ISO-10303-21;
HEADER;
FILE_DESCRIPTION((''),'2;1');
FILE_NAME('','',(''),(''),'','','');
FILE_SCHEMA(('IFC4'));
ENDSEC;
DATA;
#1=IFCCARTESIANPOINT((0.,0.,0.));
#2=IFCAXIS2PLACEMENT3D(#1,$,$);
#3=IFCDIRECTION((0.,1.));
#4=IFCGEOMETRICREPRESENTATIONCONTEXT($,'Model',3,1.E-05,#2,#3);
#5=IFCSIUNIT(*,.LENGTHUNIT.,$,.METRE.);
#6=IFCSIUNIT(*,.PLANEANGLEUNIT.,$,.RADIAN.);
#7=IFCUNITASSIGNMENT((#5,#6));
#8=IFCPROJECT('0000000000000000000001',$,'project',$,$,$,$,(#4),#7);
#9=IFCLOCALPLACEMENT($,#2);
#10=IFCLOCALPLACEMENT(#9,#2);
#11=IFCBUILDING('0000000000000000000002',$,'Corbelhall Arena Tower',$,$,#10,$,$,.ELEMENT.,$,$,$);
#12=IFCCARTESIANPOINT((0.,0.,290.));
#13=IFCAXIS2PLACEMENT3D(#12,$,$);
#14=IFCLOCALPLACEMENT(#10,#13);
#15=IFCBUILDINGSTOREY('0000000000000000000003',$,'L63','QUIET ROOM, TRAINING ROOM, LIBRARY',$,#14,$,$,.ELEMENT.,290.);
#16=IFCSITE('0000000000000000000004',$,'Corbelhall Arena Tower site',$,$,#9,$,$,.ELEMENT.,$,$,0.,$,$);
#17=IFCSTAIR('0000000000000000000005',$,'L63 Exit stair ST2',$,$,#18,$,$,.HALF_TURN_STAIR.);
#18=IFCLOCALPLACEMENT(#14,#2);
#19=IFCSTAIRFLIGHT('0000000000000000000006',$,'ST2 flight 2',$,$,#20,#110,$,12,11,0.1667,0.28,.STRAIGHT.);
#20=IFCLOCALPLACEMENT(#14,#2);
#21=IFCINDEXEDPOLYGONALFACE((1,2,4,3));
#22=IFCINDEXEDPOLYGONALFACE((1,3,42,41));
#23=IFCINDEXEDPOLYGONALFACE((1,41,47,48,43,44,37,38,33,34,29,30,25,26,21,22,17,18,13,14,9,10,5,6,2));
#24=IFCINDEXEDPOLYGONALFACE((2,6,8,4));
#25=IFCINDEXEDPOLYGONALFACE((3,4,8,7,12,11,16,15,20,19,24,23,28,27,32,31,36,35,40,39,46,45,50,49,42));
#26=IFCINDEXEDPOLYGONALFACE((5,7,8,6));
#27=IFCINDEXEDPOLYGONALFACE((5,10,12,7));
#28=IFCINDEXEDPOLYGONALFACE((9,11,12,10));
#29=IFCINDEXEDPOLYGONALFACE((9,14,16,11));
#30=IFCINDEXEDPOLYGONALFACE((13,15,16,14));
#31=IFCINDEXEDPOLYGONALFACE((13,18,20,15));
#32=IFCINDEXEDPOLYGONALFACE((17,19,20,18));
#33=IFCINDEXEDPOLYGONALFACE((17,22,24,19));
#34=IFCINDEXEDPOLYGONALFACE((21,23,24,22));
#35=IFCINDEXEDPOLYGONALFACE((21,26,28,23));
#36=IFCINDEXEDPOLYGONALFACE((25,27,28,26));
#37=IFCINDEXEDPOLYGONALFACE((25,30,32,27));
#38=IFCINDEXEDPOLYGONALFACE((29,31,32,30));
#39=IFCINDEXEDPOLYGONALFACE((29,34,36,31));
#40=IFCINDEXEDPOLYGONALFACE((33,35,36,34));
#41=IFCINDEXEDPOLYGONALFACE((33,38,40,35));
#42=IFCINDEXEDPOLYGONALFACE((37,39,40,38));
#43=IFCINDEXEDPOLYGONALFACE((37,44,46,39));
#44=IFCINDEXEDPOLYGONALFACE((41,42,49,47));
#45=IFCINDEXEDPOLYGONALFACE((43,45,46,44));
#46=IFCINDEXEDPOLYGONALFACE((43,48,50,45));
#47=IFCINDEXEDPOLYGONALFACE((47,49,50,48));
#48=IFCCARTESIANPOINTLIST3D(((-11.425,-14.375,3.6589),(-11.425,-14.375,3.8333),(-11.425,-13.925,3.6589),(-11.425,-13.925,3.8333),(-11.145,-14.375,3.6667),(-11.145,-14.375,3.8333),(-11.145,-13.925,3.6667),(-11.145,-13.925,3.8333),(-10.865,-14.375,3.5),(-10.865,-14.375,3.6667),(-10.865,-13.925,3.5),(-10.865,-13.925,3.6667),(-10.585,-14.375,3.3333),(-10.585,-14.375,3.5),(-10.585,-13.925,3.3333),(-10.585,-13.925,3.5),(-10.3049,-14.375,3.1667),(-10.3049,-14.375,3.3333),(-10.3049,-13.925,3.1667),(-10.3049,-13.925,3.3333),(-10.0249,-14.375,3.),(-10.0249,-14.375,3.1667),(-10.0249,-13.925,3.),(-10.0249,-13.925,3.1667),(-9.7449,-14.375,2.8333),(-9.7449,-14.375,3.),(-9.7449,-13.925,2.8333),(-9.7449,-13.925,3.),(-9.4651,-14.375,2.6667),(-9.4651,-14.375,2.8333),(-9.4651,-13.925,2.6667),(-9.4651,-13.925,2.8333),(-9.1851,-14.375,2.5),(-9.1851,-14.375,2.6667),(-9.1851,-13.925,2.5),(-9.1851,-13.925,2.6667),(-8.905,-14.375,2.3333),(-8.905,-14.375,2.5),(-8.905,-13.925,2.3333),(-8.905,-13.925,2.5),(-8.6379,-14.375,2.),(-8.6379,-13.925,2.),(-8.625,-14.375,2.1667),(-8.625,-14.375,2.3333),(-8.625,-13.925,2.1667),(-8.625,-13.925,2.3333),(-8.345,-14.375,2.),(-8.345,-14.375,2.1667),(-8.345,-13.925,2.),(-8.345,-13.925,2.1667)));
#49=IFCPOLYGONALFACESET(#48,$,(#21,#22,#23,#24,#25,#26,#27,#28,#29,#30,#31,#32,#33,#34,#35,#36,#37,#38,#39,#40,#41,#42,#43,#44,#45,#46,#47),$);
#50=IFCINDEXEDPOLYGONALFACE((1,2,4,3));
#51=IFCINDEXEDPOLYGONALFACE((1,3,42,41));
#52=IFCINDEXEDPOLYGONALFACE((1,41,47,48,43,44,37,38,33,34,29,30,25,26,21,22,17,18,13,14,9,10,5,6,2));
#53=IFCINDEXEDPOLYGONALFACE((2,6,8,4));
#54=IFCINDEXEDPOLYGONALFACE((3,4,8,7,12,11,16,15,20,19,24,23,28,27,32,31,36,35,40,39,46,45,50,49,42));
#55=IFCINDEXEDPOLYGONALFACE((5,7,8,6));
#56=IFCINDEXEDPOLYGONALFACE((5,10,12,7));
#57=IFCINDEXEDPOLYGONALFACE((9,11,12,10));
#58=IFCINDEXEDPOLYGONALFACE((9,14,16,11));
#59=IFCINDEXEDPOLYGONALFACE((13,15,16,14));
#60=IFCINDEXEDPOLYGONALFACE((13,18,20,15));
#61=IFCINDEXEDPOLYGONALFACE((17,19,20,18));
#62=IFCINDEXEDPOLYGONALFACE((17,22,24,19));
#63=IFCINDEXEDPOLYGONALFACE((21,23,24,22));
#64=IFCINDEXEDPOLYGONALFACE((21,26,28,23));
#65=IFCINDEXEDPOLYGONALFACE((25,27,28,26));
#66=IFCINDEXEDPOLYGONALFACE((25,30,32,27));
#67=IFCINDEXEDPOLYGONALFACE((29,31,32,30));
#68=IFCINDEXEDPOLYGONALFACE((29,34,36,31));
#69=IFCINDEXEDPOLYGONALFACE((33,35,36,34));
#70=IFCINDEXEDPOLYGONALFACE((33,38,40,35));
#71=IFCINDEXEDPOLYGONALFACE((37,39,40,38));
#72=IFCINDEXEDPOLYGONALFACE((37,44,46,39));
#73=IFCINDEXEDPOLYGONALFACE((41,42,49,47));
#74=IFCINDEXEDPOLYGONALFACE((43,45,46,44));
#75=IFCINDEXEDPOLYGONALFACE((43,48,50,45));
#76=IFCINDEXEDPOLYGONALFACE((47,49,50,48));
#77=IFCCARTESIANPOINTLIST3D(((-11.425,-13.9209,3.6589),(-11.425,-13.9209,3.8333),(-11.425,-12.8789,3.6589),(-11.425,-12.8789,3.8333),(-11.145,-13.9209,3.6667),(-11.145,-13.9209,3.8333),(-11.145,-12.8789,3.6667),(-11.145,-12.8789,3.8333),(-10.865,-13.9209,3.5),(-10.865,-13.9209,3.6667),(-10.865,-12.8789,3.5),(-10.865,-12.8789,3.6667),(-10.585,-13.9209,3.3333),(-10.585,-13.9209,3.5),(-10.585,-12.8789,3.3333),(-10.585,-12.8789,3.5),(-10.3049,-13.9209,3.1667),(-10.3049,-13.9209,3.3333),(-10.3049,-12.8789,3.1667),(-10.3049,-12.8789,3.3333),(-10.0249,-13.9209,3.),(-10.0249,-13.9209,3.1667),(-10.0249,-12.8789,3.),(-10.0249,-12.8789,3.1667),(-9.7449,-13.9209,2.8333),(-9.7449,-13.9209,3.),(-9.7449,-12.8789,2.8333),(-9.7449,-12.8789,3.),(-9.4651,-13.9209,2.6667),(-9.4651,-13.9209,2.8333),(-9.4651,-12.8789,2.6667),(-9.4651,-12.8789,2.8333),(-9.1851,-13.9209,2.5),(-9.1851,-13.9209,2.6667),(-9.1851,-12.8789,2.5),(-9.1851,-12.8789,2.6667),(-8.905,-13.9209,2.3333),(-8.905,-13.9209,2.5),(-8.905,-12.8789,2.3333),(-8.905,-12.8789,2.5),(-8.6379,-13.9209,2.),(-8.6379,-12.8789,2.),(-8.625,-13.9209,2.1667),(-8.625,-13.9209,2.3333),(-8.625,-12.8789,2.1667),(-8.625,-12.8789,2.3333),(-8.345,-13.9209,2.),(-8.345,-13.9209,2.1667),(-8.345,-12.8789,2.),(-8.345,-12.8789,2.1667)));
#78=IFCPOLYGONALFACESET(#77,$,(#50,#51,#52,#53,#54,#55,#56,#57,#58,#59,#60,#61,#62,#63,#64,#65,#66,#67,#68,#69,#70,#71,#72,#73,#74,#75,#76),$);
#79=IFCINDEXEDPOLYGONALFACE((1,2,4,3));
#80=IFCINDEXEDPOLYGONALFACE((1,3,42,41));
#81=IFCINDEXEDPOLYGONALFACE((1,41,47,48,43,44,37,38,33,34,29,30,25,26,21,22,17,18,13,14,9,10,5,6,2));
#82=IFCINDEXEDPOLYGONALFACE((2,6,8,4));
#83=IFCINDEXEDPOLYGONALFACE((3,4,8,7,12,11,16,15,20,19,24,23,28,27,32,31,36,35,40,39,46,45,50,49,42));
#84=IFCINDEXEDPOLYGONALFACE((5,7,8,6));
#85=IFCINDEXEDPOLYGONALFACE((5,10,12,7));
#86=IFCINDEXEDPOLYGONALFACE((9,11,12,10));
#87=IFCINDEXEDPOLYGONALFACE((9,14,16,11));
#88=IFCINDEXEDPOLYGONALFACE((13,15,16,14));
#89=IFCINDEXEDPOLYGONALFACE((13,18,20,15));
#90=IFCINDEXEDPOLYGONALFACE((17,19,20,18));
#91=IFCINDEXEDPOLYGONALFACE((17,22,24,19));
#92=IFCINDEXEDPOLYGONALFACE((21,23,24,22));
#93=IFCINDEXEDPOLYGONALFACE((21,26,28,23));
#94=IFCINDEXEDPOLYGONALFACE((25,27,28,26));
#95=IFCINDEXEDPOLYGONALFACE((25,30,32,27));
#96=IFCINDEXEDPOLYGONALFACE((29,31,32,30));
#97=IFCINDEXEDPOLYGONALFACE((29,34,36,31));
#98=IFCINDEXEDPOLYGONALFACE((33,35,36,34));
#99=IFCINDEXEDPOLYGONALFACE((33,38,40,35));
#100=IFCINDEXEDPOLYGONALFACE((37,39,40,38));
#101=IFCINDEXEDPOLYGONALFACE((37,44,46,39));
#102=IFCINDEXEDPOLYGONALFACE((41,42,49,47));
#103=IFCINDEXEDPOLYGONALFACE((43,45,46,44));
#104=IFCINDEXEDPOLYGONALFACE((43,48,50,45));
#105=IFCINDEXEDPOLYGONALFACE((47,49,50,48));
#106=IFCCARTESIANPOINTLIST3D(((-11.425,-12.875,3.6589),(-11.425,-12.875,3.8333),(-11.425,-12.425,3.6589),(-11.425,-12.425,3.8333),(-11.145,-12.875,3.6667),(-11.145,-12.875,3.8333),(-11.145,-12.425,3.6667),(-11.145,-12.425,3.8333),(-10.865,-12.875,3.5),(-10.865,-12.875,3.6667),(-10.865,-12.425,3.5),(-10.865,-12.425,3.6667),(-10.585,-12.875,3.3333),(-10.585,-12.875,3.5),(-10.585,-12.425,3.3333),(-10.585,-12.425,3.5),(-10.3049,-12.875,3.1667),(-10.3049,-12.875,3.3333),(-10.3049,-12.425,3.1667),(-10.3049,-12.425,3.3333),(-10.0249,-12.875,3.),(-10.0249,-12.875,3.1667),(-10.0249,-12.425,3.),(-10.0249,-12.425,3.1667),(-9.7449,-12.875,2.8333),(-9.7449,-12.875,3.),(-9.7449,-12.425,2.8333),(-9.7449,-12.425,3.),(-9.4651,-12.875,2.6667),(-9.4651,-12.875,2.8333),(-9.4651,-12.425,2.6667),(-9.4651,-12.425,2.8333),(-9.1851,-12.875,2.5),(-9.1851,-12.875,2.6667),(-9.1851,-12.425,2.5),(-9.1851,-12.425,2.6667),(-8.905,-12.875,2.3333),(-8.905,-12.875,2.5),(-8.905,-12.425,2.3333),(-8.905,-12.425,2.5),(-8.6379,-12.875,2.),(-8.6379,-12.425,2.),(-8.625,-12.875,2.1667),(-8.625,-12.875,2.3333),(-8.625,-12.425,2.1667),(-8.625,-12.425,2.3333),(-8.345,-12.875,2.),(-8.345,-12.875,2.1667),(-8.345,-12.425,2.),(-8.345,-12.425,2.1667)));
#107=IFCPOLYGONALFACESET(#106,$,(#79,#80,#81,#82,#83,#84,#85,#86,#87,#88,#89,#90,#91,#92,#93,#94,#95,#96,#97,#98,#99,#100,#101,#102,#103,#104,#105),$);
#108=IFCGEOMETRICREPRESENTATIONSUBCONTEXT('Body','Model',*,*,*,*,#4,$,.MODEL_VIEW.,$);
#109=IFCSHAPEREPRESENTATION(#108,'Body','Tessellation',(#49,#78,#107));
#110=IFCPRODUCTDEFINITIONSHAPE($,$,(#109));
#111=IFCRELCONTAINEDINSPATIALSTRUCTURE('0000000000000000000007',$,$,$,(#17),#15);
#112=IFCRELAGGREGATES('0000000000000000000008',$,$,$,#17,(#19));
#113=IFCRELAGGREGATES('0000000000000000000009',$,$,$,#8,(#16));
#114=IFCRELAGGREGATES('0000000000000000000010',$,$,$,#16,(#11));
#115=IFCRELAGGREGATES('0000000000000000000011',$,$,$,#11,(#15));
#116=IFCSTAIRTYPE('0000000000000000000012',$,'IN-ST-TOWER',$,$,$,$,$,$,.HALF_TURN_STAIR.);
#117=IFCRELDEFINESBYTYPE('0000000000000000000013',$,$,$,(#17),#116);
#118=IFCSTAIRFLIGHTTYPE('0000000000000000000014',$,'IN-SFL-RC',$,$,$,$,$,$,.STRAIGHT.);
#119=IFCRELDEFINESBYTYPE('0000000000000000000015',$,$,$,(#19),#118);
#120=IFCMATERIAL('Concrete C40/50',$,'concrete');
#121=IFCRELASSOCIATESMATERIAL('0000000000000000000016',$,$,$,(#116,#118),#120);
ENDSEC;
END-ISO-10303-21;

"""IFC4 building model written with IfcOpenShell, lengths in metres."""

from ifc_helpers import new_model, si_unit, direction, frame, origin, place, context, subcontext, project, spatial, polyline, outline, extrude, material, type_object, element, aggregate, save


model = new_model("IFC4")

# Units and contexts
model_context = context("Model", 3, precision=1e-05, world=origin(), true_north=direction((0.0, 1.0)))
body_context = subcontext(model_context, "Body", "Model", "MODEL_VIEW")
ifc_project = project(units=[si_unit("LENGTHUNIT", "METRE"), si_unit("PLANEANGLEUNIT", "RADIAN")], contexts=[model_context])

# Site, building, storey
site_placement = place(None, origin())
site = spatial("IfcSite", under=ifc_project, at=site_placement, Name="Corbelhall Arena Tower site", CompositionType="ELEMENT", RefElevation=0.0)
building_placement = place(site_placement, origin())
building = spatial("IfcBuilding", under=site, at=building_placement, Name="Corbelhall Arena Tower", CompositionType="ELEMENT")
storey_placement = place(building_placement, frame((0.0, 0.0, 290.0)))
storey = spatial("IfcBuildingStorey", under=building, at=storey_placement, Name="L63", Description="QUIET ROOM, TRAINING ROOM, LIBRARY", CompositionType="ELEMENT", Elevation=290.0)

# Shared definitions
ifc_material_1 = material(Name="Concrete C40/50", Category="concrete")

# Stair, stair flight
stair_type = type_object("IfcStairType", Name="IN-ST-TOWER", PredefinedType="HALF_TURN_STAIR", material=ifc_material_1)
stair_placement = place(storey_placement, origin())
stair = element("IfcStair", 1, at=stair_placement, inside=storey, type_object=stair_type, Name="L63 Exit stair ST2", PredefinedType="HALF_TURN_STAIR")
stair_flight_type = type_object("IfcStairFlightType", Name="IN-SFL-RC", PredefinedType="STRAIGHT", material=ifc_material_1)
stair_flight_1_placement = place(storey_placement, frame((-8.345, -13.3999, 2.0), z_axis=(0.0, 0.0, 1.0), x_axis=(-1.0, 0.0, 0.0)))
stair_flight_1 = element("IfcStairFlight", 2, at=stair_flight_1_placement, type_object=stair_flight_type, Name="ST2 flight 2", NumberOfRisers=12, NumberOfTreads=11, PredefinedType="STRAIGHT", RiserHeight=0.1667, TreadLength=0.28, context=body_context, shape_type="SweptSolid", body=[
    extrude(outline(polyline([(0.0, 0.0), (0.0, 0.1667), (0.28, 0.1667), (0.28, 0.3333), (0.5601, 0.3333), (0.5601, 0.5), (0.8401, 0.5), (0.8401, 0.6667), (1.1201, 0.6667), (1.1201, 0.8333), (1.3999, 0.8333), (1.3999, 1.0), (1.6799, 1.0), (1.6799, 1.1667), (1.96, 1.1667), (1.96, 1.3333), (2.24, 1.3333), (2.24, 1.5), (2.52, 1.5), (2.52, 1.6667), (2.8, 1.6667), (2.8, 1.8333), (3.0801, 1.8333), (3.0801, 2.0), (3.0801, 1.6589), (0.293, 0.0), (0.0, 0.0)])), frame((0.0, 0.9751, 0.0), z_axis=(0.0, -1.0, 0.0), x_axis=(1.0, 0.0, 0.0)), (0.0, 0.0, 1.0), 0.45),
    extrude(outline(polyline([(0.0, 0.0), (0.0, 0.1667), (0.28, 0.1667), (0.28, 0.3333), (0.5601, 0.3333), (0.5601, 0.5), (0.8401, 0.5), (0.8401, 0.6667), (1.1201, 0.6667), (1.1201, 0.8333), (1.3999, 0.8333), (1.3999, 1.0), (1.6799, 1.0), (1.6799, 1.1667), (1.96, 1.1667), (1.96, 1.3333), (2.24, 1.3333), (2.24, 1.5), (2.52, 1.5), (2.52, 1.6667), (2.8, 1.6667), (2.8, 1.8333), (3.0801, 1.8333), (3.0801, 2.0), (3.0801, 1.6589), (0.293, 0.0), (0.0, 0.0)])), frame((0.0, 0.521, 0.0), z_axis=(0.0, -1.0, 0.0), x_axis=(1.0, 0.0, 0.0)), (0.0, 0.0, 1.0), 1.042),
    extrude(outline(polyline([(0.0, 0.0), (0.0, 0.1667), (0.28, 0.1667), (0.28, 0.3333), (0.5601, 0.3333), (0.5601, 0.5), (0.8401, 0.5), (0.8401, 0.6667), (1.1201, 0.6667), (1.1201, 0.8333), (1.3999, 0.8333), (1.3999, 1.0), (1.6799, 1.0), (1.6799, 1.1667), (1.96, 1.1667), (1.96, 1.3333), (2.24, 1.3333), (2.24, 1.5), (2.52, 1.5), (2.52, 1.6667), (2.8, 1.6667), (2.8, 1.8333), (3.0801, 1.8333), (3.0801, 2.0), (3.0801, 1.6589), (0.293, 0.0), (0.0, 0.0)])), frame((0.0, -0.5249, 0.0), z_axis=(0.0, -1.0, 0.0), x_axis=(1.0, 0.0, 0.0)), (0.0, 0.0, 1.0), 0.45),
])
aggregate(stair, [stair_flight_1])

save(model, "model.ifc")
